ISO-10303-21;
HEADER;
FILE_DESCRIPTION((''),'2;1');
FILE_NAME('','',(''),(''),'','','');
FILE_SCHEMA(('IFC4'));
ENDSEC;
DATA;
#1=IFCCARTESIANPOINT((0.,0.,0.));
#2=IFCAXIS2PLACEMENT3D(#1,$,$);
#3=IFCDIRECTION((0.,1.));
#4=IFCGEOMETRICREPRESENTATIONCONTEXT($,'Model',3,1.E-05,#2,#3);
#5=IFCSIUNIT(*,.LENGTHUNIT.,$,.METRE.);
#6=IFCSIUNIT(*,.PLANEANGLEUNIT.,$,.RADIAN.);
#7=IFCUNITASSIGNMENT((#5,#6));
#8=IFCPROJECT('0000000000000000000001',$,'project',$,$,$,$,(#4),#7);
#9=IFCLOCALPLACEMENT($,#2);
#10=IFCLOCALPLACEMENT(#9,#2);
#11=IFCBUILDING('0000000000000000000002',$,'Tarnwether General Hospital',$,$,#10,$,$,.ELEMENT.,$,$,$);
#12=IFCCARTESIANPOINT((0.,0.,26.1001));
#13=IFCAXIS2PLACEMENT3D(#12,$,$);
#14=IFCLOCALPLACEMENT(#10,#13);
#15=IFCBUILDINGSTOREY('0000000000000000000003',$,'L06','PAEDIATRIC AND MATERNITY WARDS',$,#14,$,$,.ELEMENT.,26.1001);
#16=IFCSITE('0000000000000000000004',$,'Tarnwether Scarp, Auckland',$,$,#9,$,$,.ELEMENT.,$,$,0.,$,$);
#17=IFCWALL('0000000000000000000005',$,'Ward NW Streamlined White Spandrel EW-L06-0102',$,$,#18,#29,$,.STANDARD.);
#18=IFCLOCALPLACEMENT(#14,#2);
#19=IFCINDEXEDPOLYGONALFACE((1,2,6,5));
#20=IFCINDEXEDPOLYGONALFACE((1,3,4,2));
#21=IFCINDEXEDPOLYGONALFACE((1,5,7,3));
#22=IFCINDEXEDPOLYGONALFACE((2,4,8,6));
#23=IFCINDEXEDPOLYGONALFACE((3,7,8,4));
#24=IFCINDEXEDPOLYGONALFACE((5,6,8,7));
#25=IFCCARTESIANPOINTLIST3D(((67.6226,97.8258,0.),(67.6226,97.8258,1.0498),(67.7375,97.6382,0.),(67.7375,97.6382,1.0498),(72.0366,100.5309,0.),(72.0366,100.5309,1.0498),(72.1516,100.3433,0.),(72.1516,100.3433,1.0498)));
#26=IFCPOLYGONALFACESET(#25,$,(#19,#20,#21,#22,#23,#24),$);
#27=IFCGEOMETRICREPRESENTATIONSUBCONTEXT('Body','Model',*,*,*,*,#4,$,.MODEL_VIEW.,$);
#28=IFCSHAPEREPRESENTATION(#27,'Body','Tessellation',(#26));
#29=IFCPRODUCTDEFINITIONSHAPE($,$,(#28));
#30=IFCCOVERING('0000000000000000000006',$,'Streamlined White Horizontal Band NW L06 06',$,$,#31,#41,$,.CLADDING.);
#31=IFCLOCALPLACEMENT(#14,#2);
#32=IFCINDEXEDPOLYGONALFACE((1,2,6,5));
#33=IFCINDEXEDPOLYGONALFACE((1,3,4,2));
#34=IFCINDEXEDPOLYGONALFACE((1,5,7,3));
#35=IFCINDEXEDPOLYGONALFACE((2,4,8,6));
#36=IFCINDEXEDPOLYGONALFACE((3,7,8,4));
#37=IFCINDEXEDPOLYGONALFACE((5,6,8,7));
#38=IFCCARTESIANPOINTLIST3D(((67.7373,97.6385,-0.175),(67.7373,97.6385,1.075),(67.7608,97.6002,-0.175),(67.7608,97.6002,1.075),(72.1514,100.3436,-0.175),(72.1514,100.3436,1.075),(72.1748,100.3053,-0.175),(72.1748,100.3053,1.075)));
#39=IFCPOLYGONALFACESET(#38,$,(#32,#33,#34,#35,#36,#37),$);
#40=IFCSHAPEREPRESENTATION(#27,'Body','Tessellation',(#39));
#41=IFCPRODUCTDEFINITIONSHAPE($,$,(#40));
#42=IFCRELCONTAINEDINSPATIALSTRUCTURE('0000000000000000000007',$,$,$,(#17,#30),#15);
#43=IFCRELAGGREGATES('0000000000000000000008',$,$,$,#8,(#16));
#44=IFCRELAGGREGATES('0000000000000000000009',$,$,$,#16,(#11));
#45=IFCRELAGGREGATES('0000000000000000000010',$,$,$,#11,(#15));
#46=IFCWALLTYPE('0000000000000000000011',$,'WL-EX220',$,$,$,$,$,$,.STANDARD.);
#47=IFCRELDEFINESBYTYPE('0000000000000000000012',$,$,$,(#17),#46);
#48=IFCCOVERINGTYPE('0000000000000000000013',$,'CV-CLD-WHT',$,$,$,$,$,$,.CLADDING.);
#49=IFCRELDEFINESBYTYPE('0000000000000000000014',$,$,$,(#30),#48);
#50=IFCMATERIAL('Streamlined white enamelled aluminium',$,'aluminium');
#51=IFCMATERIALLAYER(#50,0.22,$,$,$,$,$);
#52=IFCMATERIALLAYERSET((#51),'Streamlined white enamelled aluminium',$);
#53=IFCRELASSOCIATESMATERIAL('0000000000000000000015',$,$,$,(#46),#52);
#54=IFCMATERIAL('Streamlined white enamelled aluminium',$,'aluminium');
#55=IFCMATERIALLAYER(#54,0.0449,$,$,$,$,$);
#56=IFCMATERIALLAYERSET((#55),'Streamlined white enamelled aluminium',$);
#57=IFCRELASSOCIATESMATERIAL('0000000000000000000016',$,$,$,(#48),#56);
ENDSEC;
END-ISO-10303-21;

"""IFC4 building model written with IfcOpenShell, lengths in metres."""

from ifc_helpers import new_model, si_unit, direction, frame, frame_2d, origin, origin_2d, place, context, subcontext, project, spatial, rectangle, extrude, material, layer, layer_set, type_object, element, save


model = new_model("IFC4")

# Units and contexts
model_context = context("Model", 3, precision=1e-05, world=origin(), true_north=direction((0.0, 1.0)))
body_context = subcontext(model_context, "Body", "Model", "MODEL_VIEW")
ifc_project = project(units=[si_unit("LENGTHUNIT", "METRE"), si_unit("PLANEANGLEUNIT", "RADIAN")], contexts=[model_context])

# Site, building, storey
site_placement = place(None, origin())
site = spatial("IfcSite", under=ifc_project, at=site_placement, Name="Tarnwether Scarp, Auckland", CompositionType="ELEMENT", RefElevation=0.0)
building_placement = place(site_placement, origin())
building = spatial("IfcBuilding", under=site, at=building_placement, Name="Tarnwether General Hospital", CompositionType="ELEMENT")
storey_placement = place(building_placement, frame((0.0, 0.0, 26.1001)))
storey = spatial("IfcBuildingStorey", under=building, at=storey_placement, Name="L06", Description="PAEDIATRIC AND MATERNITY WARDS", CompositionType="ELEMENT", Elevation=26.1001)

# Wall
ifc_material_1 = material(Name="Streamlined white enamelled aluminium", Category="aluminium")
ifc_layer_1 = layer(ifc_material_1, 0.22)
ifc_layer_set_1 = layer_set([ifc_layer_1], Name="Streamlined white enamelled aluminium")
wall_type = type_object("IfcWallType", Name="WL-EX220", PredefinedType="STANDARD", material=ifc_layer_set_1)
wall_1_placement = place(storey_placement, frame((72.094, 100.437, 0.0), z_axis=(0.0, 0.0, 1.0), x_axis=(-0.852628, -0.522518, 0.0)))
element("IfcWall", 1, at=wall_1_placement, inside=storey, type_object=wall_type, Name="Ward NW Streamlined White Spandrel EW-L06-0102", PredefinedType="STANDARD", context=body_context, shape_type="SweptSolid", body=[
    extrude(rectangle(XDim=5.177, YDim=0.22, at=frame_2d((2.5884, 0.0))), origin(), (0.0, 0.0, 1.0), 1.0498),
])

# Covering
ifc_material_2 = material(Name="Streamlined white enamelled aluminium", Category="aluminium")
ifc_layer_2 = layer(ifc_material_2, 0.0449)
ifc_layer_set_2 = layer_set([ifc_layer_2], Name="Streamlined white enamelled aluminium")
covering_type = type_object("IfcCoveringType", Name="CV-CLD-WHT", PredefinedType="CLADDING", material=ifc_layer_set_2)
covering_placement = place(storey_placement, frame((69.9561, 98.9719, -0.175), z_axis=(0.0, 0.0, 1.0), x_axis=(-0.852631, -0.522513, 0.0)))
element("IfcCovering", 2, at=covering_placement, inside=storey, type_object=covering_type, Name="Streamlined White Horizontal Band NW L06 06", PredefinedType="CLADDING", context=body_context, shape_type="SweptSolid", body=[
    extrude(rectangle(XDim=5.177, YDim=0.0449, at=origin_2d()), origin(), (0.0, 0.0, 1.0), 1.25),
])

save(model, "model.ifc")
